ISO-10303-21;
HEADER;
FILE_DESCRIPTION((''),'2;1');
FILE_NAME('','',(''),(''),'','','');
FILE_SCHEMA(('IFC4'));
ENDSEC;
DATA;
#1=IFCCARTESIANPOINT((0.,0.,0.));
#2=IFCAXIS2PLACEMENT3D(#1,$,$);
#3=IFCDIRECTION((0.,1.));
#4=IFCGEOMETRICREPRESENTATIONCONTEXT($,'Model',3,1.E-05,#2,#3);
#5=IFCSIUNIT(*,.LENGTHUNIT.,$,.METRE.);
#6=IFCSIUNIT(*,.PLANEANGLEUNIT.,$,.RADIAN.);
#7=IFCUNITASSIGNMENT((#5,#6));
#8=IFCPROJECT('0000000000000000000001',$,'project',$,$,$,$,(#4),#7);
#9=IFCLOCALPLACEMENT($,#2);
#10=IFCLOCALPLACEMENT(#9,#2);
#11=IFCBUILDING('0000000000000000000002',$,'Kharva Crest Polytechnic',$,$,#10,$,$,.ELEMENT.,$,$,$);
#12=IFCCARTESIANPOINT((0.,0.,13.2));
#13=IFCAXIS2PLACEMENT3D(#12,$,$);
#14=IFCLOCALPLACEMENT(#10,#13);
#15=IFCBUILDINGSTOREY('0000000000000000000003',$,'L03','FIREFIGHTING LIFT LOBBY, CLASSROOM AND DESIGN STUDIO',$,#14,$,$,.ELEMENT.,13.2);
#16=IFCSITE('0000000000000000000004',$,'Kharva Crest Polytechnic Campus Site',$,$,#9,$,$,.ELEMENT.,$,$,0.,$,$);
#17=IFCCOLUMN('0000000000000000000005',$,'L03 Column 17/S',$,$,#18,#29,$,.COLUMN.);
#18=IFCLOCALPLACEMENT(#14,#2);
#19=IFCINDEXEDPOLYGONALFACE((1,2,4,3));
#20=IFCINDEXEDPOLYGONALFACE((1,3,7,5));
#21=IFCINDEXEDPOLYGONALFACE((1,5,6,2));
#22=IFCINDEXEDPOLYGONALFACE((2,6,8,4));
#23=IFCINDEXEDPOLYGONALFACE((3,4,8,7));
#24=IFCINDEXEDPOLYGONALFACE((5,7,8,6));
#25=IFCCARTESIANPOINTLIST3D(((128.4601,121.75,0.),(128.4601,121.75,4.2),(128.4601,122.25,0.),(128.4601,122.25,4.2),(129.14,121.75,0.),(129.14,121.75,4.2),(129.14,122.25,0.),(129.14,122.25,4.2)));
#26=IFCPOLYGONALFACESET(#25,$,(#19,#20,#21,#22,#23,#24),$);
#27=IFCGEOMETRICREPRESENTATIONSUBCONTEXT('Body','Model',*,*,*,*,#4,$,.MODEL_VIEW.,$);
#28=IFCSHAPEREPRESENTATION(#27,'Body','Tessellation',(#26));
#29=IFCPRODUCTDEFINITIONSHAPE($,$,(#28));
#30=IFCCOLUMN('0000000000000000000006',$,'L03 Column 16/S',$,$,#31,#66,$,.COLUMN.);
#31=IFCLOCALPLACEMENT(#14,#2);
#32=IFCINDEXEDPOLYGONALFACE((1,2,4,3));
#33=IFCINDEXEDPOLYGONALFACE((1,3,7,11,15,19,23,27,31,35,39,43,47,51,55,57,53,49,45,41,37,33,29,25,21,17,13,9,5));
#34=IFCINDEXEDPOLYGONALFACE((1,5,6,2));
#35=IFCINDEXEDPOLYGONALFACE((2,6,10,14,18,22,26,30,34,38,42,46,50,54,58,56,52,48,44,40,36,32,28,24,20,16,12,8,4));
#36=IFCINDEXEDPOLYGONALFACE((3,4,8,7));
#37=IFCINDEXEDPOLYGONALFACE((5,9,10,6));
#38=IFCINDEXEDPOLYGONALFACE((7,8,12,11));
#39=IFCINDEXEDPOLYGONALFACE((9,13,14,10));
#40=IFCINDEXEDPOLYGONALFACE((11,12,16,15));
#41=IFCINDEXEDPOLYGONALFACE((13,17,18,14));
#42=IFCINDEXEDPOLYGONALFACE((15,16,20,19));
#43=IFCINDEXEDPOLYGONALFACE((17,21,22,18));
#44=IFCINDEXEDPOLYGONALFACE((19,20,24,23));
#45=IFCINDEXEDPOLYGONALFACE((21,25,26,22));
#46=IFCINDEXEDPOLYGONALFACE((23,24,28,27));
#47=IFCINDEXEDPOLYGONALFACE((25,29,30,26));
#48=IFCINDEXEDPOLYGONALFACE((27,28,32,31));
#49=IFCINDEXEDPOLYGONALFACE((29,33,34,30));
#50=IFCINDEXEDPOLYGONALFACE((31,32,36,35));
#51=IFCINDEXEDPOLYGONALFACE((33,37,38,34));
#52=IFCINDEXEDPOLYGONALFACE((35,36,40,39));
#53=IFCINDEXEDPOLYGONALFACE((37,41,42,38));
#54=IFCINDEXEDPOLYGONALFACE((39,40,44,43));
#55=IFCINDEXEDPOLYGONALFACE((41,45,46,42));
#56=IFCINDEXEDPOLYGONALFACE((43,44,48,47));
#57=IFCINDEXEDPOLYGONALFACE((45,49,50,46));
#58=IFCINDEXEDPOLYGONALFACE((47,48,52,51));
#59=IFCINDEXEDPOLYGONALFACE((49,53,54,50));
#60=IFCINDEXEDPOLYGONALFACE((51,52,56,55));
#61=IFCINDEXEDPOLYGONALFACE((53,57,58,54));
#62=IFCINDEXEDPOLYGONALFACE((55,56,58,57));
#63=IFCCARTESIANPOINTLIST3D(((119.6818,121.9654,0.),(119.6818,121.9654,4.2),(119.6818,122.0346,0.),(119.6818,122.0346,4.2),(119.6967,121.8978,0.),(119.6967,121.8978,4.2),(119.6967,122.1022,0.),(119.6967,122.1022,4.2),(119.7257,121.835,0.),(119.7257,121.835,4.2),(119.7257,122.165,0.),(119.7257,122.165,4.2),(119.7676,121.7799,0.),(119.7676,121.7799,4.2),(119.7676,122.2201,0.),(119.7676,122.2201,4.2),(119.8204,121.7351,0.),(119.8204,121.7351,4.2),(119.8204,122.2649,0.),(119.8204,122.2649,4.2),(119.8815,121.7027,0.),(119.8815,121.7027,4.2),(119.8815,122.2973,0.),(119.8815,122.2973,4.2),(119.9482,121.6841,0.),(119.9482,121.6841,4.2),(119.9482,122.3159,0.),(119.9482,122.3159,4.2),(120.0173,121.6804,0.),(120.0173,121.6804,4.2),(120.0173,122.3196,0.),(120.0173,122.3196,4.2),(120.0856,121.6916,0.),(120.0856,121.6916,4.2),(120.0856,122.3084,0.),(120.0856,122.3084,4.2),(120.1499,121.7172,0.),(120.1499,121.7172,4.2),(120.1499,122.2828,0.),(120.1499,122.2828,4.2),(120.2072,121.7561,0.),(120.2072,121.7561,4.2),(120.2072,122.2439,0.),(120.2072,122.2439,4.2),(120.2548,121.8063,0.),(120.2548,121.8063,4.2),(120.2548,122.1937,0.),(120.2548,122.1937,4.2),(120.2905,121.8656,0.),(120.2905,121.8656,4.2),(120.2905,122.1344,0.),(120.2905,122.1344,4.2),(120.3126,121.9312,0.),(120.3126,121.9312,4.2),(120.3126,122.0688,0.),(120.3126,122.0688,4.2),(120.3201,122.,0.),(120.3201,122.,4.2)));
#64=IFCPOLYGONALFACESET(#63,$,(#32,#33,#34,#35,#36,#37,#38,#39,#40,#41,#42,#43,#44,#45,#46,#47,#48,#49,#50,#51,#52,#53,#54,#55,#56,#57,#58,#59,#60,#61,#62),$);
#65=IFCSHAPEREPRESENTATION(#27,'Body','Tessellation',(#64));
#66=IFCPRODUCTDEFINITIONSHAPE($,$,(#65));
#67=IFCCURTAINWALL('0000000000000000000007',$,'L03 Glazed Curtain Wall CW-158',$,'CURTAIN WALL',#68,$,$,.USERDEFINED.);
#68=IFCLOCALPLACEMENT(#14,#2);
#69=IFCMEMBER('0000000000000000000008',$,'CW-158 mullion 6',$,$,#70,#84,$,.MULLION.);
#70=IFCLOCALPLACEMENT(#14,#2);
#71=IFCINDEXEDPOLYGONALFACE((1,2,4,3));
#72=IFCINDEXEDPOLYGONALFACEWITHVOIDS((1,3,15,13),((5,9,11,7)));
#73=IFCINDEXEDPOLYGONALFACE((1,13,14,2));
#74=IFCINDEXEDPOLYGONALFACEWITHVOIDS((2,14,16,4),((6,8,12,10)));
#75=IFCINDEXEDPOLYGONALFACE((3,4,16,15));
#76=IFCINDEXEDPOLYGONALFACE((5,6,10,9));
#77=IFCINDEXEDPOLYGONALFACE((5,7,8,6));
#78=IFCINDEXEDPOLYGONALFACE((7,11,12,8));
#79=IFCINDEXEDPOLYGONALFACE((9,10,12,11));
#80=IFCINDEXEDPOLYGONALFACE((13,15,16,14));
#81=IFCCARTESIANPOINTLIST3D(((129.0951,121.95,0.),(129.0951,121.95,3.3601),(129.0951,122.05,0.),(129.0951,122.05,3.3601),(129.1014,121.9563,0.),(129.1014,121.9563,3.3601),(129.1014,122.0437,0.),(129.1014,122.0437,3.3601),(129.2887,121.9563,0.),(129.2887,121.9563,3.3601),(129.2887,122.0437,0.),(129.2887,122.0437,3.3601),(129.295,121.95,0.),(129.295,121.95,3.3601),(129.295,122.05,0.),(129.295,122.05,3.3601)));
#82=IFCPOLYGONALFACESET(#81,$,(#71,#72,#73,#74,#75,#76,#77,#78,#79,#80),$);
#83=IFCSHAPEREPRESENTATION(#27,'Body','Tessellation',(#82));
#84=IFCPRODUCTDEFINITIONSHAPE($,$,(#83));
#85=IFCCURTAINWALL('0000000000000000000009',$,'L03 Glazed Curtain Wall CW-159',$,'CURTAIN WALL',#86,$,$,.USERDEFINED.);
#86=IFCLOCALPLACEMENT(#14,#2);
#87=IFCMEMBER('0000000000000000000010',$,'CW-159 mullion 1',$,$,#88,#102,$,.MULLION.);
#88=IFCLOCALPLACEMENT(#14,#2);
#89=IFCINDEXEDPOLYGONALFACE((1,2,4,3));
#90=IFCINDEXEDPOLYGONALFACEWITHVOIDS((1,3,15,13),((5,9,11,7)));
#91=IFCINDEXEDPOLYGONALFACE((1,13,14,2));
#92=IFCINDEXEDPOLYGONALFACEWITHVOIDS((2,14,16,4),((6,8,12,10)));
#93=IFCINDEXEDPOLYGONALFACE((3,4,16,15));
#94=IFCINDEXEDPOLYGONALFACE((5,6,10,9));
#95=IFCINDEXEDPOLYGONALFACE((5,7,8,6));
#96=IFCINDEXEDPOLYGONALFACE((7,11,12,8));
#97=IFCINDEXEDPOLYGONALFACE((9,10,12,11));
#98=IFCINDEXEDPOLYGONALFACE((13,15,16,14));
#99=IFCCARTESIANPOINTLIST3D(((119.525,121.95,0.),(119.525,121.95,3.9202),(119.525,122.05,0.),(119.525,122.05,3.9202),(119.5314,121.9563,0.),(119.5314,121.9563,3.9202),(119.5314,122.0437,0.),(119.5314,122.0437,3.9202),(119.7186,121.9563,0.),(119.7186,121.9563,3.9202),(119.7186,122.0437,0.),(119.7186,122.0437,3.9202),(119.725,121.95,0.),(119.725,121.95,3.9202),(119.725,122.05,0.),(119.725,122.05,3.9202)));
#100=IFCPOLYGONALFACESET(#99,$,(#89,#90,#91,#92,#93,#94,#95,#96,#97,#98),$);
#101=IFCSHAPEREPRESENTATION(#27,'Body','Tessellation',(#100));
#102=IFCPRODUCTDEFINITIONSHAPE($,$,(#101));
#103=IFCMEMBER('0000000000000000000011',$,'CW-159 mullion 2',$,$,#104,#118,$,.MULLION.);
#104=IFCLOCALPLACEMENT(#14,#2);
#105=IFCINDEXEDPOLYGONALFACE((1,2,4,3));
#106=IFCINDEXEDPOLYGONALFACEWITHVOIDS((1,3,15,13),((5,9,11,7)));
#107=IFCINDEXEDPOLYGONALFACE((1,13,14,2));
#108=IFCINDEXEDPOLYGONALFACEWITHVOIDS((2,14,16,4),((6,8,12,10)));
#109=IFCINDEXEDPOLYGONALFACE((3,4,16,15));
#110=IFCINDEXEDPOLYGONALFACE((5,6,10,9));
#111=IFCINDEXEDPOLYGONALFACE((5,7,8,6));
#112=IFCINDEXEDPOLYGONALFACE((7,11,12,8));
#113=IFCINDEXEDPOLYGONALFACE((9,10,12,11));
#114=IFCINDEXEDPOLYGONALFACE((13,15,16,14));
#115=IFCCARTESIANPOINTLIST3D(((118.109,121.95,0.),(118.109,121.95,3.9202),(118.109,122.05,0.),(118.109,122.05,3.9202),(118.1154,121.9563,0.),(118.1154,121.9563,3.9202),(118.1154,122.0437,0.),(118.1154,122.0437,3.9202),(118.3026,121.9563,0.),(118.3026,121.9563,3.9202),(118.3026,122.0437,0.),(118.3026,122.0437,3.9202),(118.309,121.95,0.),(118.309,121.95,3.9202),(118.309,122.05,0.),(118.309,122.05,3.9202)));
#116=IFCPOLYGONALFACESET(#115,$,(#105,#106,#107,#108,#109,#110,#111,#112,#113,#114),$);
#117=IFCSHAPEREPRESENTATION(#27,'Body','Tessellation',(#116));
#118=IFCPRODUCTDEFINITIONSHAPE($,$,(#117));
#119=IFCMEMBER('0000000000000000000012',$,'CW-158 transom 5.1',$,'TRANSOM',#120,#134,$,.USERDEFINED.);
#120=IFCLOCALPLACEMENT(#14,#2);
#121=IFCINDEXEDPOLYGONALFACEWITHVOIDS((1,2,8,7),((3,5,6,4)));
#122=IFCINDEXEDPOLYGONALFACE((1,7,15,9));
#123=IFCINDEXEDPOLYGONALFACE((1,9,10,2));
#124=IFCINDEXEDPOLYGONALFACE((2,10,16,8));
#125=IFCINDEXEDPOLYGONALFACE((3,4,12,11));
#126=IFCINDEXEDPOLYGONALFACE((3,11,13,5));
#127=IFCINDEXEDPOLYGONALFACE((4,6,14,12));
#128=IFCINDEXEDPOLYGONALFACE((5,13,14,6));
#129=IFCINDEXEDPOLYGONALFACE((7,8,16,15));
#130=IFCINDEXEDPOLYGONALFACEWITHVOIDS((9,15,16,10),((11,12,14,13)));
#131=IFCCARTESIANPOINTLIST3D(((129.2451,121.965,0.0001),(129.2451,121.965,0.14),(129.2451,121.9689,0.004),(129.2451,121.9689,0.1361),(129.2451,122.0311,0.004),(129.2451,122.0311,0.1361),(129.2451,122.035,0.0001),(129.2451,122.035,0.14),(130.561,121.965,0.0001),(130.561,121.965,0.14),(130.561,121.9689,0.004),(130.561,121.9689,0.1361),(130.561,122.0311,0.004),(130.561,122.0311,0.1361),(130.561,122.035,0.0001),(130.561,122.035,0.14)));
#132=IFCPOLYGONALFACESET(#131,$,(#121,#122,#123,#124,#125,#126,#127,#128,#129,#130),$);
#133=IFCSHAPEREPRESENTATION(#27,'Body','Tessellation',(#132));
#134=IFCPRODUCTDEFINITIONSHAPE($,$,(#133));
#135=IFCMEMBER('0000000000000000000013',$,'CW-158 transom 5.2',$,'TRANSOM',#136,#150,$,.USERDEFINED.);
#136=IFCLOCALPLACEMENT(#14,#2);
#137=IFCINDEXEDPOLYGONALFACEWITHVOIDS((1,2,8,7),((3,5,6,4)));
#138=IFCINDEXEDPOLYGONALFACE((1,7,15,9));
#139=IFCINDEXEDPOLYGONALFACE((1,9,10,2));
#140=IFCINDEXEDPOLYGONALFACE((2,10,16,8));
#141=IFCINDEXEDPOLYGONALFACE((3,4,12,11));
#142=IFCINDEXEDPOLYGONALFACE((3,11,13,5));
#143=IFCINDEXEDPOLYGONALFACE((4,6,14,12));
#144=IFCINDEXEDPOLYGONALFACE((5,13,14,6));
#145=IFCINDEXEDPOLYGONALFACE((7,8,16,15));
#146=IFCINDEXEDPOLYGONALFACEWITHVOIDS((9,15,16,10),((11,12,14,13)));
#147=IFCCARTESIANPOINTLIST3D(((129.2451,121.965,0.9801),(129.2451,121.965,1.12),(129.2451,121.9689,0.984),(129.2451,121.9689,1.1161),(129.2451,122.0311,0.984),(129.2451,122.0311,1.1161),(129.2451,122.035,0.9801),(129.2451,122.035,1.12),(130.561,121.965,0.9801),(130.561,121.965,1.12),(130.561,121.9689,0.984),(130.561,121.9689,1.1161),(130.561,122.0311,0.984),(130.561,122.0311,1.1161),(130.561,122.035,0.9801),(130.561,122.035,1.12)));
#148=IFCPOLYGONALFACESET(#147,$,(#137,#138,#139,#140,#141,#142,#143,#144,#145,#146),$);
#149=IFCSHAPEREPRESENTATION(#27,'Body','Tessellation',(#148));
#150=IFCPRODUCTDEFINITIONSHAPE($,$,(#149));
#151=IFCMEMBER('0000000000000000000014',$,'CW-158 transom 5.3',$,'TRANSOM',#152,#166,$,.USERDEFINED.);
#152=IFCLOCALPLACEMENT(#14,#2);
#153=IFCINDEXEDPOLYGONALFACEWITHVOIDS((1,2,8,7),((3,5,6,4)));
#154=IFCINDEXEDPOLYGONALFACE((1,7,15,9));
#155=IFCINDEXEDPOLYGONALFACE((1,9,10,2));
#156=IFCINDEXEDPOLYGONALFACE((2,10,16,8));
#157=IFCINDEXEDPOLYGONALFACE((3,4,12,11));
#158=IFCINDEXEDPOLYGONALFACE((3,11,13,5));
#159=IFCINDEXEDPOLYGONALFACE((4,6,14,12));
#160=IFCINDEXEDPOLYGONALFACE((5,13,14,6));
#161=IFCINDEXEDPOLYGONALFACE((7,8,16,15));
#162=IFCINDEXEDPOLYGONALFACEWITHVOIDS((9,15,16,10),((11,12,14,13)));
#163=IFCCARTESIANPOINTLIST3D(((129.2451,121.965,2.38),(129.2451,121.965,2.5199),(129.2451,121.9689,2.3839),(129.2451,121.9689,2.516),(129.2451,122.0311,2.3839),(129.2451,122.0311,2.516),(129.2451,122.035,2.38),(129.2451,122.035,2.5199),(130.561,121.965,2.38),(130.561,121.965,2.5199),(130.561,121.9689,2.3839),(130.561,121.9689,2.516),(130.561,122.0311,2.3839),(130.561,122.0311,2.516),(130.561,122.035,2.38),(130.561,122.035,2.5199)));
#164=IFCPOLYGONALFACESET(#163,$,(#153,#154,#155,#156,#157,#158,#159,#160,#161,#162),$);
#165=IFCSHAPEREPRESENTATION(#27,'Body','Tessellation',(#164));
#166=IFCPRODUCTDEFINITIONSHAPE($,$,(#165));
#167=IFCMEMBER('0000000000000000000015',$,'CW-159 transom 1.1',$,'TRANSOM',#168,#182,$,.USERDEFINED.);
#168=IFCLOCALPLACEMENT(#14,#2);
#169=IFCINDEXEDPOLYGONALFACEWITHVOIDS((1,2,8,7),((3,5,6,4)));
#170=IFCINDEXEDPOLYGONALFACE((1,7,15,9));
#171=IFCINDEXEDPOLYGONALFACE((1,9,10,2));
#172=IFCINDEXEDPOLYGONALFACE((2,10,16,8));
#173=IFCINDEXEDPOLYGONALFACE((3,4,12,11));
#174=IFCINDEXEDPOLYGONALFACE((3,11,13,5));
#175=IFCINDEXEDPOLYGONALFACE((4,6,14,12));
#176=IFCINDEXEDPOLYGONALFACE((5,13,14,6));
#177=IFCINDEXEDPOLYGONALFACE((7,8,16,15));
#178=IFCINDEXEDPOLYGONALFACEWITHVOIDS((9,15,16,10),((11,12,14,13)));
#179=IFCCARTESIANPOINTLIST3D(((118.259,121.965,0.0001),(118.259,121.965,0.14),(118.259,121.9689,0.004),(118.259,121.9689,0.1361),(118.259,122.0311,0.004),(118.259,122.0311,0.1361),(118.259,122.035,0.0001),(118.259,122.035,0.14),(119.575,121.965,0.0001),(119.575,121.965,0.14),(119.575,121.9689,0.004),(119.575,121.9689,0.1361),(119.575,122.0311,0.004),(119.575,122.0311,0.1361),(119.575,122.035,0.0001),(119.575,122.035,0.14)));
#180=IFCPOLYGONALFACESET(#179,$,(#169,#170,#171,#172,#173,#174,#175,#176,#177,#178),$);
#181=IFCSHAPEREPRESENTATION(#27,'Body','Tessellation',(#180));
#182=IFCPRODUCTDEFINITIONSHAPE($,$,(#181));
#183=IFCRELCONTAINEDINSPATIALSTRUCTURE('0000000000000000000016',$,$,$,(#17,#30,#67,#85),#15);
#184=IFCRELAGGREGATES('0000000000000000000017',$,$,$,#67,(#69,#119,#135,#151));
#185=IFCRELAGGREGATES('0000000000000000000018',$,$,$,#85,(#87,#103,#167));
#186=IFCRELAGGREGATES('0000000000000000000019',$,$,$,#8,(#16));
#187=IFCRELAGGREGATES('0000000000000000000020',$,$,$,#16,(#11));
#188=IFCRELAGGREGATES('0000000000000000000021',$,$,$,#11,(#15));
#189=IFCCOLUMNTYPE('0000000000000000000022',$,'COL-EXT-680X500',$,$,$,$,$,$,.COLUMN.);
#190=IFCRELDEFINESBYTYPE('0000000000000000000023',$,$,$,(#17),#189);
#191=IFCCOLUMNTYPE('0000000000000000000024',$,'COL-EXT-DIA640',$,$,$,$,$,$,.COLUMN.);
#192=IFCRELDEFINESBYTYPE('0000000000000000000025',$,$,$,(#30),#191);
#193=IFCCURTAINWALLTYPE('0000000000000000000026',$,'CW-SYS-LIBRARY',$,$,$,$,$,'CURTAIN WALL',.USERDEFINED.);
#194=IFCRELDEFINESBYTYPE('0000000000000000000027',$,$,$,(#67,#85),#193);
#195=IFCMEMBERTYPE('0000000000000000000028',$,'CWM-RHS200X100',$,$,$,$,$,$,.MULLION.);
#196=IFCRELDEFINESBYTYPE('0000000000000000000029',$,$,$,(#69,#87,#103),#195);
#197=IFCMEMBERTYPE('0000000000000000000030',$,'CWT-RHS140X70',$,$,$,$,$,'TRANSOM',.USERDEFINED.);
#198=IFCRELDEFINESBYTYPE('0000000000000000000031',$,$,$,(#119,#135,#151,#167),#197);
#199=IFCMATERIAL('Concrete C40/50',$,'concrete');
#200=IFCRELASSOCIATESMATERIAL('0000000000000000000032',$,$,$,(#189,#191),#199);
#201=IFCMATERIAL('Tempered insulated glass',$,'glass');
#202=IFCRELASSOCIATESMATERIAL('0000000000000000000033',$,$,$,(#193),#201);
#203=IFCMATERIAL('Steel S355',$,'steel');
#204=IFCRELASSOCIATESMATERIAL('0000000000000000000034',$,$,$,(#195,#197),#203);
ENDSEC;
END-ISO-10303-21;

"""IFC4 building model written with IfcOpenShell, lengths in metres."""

from ifc_helpers import new_model, si_unit, direction, frame, origin, origin_2d, place, context, subcontext, project, spatial, rectangle, hollow_rectangle, circle, extrude, material, material_profile, profile_set, type_object, element, aggregate, save


model = new_model("IFC4")

# Units and contexts
model_context = context("Model", 3, precision=1e-05, world=origin(), true_north=direction((0.0, 1.0)))
body_context = subcontext(model_context, "Body", "Model", "MODEL_VIEW")
ifc_project = project(units=[si_unit("LENGTHUNIT", "METRE"), si_unit("PLANEANGLEUNIT", "RADIAN")], contexts=[model_context])

# Site, building, storey
site_placement = place(None, origin())
site = spatial("IfcSite", under=ifc_project, at=site_placement, Name="Kharva Crest Polytechnic Campus Site", CompositionType="ELEMENT", RefElevation=0.0)
building_placement = place(site_placement, origin())
building = spatial("IfcBuilding", under=site, at=building_placement, Name="Kharva Crest Polytechnic", CompositionType="ELEMENT")
storey_placement = place(building_placement, frame((0.0, 0.0, 13.2)))
storey = spatial("IfcBuildingStorey", under=building, at=storey_placement, Name="L03", Description="FIREFIGHTING LIFT LOBBY, CLASSROOM AND DESIGN STUDIO", CompositionType="ELEMENT", Elevation=13.2)

# Columns
ifc_material_1 = material(Name="Concrete C40/50", Category="concrete")
ifc_material_profile_1 = material_profile(ifc_material_1, rectangle(XDim=0.6799, YDim=0.5, at=origin_2d()), Name="RECT 680 X 500")
ifc_profile_set_1 = profile_set([ifc_material_profile_1], Name="Concrete C40/50")
column_type_1 = type_object("IfcColumnType", Name="COL-EXT-680X500", PredefinedType="COLUMN", material=ifc_profile_set_1)
column_1_placement = place(storey_placement, frame((128.8, 122.0, 0.0), z_axis=(0.0, 0.0, 1.0), x_axis=(1.0, 0.0, 0.0)))
element("IfcColumn", 1, at=column_1_placement, inside=storey, type_object=column_type_1, Name="L03 Column 17/S", PredefinedType="COLUMN", context=body_context, shape_type="SweptSolid", body=[
    extrude(rectangle(XDim=0.6799, YDim=0.5, at=origin_2d()), origin(), (0.0, 0.0, 1.0), 4.2),
])
ifc_material_profile_2 = material_profile(ifc_material_1, circle(Radius=0.3201, at=origin_2d()), Name="DIA 640")
ifc_profile_set_2 = profile_set([ifc_material_profile_2], Name="Concrete C40/50")
column_type_2 = type_object("IfcColumnType", Name="COL-EXT-DIA640", PredefinedType="COLUMN", material=ifc_profile_set_2)
column_2_placement = place(storey_placement, frame((120.0, 122.0, 0.0), z_axis=(0.0, 0.0, 1.0), x_axis=(1.0, 0.0, 0.0)))
element("IfcColumn", 2, at=column_2_placement, inside=storey, type_object=column_type_2, Name="L03 Column 16/S", PredefinedType="COLUMN", context=body_context, shape_type="SweptSolid", body=[
    extrude(circle(Radius=0.3201, at=origin_2d()), origin(), (0.0, 0.0, 1.0), 4.2),
])

# Curtain wall, member
ifc_material_2 = material(Name="Tempered insulated glass", Category="glass")
curtain_wall_type = type_object("IfcCurtainWallType", Name="CW-SYS-LIBRARY", ElementType="CURTAIN WALL", PredefinedType="USERDEFINED", material=ifc_material_2)
curtain_wall_1_placement = place(storey_placement, origin())
curtain_wall_1 = element("IfcCurtainWall", 3, at=curtain_wall_1_placement, inside=storey, type_object=curtain_wall_type, Name="L03 Glazed Curtain Wall CW-158", ObjectType="CURTAIN WALL", PredefinedType="USERDEFINED")
ifc_material_3 = material(Name="Steel S355", Category="steel")
ifc_material_profile_3 = material_profile(ifc_material_3, hollow_rectangle(XDim=0.1001, YDim=0.2, WallThickness=0.0063, at=origin_2d()), Name="RHS 200X100X6.3")
ifc_profile_set_3 = profile_set([ifc_material_profile_3], Name="Steel S355")
member_type_1 = type_object("IfcMemberType", Name="CWM-RHS200X100", PredefinedType="MULLION", material=ifc_profile_set_3)
member_1_placement = place(storey_placement, frame((129.1951, 122.0, 0.0), z_axis=(0.0, 0.0, 1.0), x_axis=(0.0, -1.0, 0.0)))
member_1 = element("IfcMember", 4, at=member_1_placement, type_object=member_type_1, Name="CW-158 mullion 6", PredefinedType="MULLION", context=body_context, shape_type="SweptSolid", body=[
    extrude(hollow_rectangle(XDim=0.1001, YDim=0.2, WallThickness=0.0063, at=origin_2d()), origin(), (0.0, 0.0, 1.0), 3.3601),
])

# Curtain wall, members
curtain_wall_2_placement = place(storey_placement, origin())
curtain_wall_2 = element("IfcCurtainWall", 5, at=curtain_wall_2_placement, inside=storey, type_object=curtain_wall_type, Name="L03 Glazed Curtain Wall CW-159", ObjectType="CURTAIN WALL", PredefinedType="USERDEFINED")
member_2_placement = place(storey_placement, frame((119.625, 122.0, 0.0), z_axis=(0.0, 0.0, 1.0), x_axis=(0.0, -1.0, 0.0)))
member_2 = element("IfcMember", 6, at=member_2_placement, type_object=member_type_1, Name="CW-159 mullion 1", PredefinedType="MULLION", context=body_context, shape_type="SweptSolid", body=[
    extrude(hollow_rectangle(XDim=0.1001, YDim=0.2, WallThickness=0.0063, at=origin_2d()), origin(), (0.0, 0.0, 1.0), 3.9202),
])
member_3_placement = place(storey_placement, frame((118.209, 122.0, 0.0), z_axis=(0.0, 0.0, 1.0), x_axis=(0.0, -1.0, 0.0)))
member_3 = element("IfcMember", 7, at=member_3_placement, type_object=member_type_1, Name="CW-159 mullion 2", PredefinedType="MULLION", context=body_context, shape_type="SweptSolid", body=[
    extrude(hollow_rectangle(XDim=0.1001, YDim=0.2, WallThickness=0.0063, at=origin_2d()), origin(), (0.0, 0.0, 1.0), 3.9202),
])

# Members
ifc_material_profile_4 = material_profile(ifc_material_3, hollow_rectangle(XDim=0.0701, YDim=0.1399, WallThickness=0.0039, at=origin_2d()), Name="RHS 140X70X4.0")
ifc_profile_set_4 = profile_set([ifc_material_profile_4], Name="Steel S355")
member_type_2 = type_object("IfcMemberType", Name="CWT-RHS140X70", ElementType="TRANSOM", PredefinedType="USERDEFINED", material=ifc_profile_set_4)
member_4_placement = place(storey_placement, frame((130.561, 122.0, 0.0701), z_axis=(-1.0, 0.0, 0.0), x_axis=(0.0, -1.0, 0.0)))
member_4 = element("IfcMember", 8, at=member_4_placement, type_object=member_type_2, Name="CW-158 transom 5.1", ObjectType="TRANSOM", PredefinedType="USERDEFINED", context=body_context, shape_type="SweptSolid", body=[
    extrude(hollow_rectangle(XDim=0.0701, YDim=0.1399, WallThickness=0.0039, at=origin_2d()), origin(), (0.0, 0.0, 1.0), 1.3159),
])
member_5_placement = place(storey_placement, frame((130.561, 122.0, 1.05), z_axis=(-1.0, 0.0, 0.0), x_axis=(0.0, -1.0, 0.0)))
member_5 = element("IfcMember", 9, at=member_5_placement, type_object=member_type_2, Name="CW-158 transom 5.2", ObjectType="TRANSOM", PredefinedType="USERDEFINED", context=body_context, shape_type="SweptSolid", body=[
    extrude(hollow_rectangle(XDim=0.0701, YDim=0.1399, WallThickness=0.0039, at=origin_2d()), origin(), (0.0, 0.0, 1.0), 1.3159),
])
member_6_placement = place(storey_placement, frame((130.561, 122.0, 2.45), z_axis=(-1.0, 0.0, 0.0), x_axis=(0.0, -1.0, 0.0)))
member_6 = element("IfcMember", 10, at=member_6_placement, type_object=member_type_2, Name="CW-158 transom 5.3", ObjectType="TRANSOM", PredefinedType="USERDEFINED", context=body_context, shape_type="SweptSolid", body=[
    extrude(hollow_rectangle(XDim=0.0701, YDim=0.1399, WallThickness=0.0039, at=origin_2d()), origin(), (0.0, 0.0, 1.0), 1.3159),
])
member_7_placement = place(storey_placement, frame((119.575, 122.0, 0.0701), z_axis=(-1.0, 0.0, 0.0), x_axis=(0.0, -1.0, 0.0)))
member_7 = element("IfcMember", 11, at=member_7_placement, type_object=member_type_2, Name="CW-159 transom 1.1", ObjectType="TRANSOM", PredefinedType="USERDEFINED", context=body_context, shape_type="SweptSolid", body=[
    extrude(hollow_rectangle(XDim=0.0701, YDim=0.1399, WallThickness=0.0039, at=origin_2d()), origin(), (0.0, 0.0, 1.0), 1.3159),
])

aggregate(curtain_wall_1, [member_1, member_4, member_5, member_6])
aggregate(curtain_wall_2, [member_2, member_3, member_7])

save(model, "model.ifc")
